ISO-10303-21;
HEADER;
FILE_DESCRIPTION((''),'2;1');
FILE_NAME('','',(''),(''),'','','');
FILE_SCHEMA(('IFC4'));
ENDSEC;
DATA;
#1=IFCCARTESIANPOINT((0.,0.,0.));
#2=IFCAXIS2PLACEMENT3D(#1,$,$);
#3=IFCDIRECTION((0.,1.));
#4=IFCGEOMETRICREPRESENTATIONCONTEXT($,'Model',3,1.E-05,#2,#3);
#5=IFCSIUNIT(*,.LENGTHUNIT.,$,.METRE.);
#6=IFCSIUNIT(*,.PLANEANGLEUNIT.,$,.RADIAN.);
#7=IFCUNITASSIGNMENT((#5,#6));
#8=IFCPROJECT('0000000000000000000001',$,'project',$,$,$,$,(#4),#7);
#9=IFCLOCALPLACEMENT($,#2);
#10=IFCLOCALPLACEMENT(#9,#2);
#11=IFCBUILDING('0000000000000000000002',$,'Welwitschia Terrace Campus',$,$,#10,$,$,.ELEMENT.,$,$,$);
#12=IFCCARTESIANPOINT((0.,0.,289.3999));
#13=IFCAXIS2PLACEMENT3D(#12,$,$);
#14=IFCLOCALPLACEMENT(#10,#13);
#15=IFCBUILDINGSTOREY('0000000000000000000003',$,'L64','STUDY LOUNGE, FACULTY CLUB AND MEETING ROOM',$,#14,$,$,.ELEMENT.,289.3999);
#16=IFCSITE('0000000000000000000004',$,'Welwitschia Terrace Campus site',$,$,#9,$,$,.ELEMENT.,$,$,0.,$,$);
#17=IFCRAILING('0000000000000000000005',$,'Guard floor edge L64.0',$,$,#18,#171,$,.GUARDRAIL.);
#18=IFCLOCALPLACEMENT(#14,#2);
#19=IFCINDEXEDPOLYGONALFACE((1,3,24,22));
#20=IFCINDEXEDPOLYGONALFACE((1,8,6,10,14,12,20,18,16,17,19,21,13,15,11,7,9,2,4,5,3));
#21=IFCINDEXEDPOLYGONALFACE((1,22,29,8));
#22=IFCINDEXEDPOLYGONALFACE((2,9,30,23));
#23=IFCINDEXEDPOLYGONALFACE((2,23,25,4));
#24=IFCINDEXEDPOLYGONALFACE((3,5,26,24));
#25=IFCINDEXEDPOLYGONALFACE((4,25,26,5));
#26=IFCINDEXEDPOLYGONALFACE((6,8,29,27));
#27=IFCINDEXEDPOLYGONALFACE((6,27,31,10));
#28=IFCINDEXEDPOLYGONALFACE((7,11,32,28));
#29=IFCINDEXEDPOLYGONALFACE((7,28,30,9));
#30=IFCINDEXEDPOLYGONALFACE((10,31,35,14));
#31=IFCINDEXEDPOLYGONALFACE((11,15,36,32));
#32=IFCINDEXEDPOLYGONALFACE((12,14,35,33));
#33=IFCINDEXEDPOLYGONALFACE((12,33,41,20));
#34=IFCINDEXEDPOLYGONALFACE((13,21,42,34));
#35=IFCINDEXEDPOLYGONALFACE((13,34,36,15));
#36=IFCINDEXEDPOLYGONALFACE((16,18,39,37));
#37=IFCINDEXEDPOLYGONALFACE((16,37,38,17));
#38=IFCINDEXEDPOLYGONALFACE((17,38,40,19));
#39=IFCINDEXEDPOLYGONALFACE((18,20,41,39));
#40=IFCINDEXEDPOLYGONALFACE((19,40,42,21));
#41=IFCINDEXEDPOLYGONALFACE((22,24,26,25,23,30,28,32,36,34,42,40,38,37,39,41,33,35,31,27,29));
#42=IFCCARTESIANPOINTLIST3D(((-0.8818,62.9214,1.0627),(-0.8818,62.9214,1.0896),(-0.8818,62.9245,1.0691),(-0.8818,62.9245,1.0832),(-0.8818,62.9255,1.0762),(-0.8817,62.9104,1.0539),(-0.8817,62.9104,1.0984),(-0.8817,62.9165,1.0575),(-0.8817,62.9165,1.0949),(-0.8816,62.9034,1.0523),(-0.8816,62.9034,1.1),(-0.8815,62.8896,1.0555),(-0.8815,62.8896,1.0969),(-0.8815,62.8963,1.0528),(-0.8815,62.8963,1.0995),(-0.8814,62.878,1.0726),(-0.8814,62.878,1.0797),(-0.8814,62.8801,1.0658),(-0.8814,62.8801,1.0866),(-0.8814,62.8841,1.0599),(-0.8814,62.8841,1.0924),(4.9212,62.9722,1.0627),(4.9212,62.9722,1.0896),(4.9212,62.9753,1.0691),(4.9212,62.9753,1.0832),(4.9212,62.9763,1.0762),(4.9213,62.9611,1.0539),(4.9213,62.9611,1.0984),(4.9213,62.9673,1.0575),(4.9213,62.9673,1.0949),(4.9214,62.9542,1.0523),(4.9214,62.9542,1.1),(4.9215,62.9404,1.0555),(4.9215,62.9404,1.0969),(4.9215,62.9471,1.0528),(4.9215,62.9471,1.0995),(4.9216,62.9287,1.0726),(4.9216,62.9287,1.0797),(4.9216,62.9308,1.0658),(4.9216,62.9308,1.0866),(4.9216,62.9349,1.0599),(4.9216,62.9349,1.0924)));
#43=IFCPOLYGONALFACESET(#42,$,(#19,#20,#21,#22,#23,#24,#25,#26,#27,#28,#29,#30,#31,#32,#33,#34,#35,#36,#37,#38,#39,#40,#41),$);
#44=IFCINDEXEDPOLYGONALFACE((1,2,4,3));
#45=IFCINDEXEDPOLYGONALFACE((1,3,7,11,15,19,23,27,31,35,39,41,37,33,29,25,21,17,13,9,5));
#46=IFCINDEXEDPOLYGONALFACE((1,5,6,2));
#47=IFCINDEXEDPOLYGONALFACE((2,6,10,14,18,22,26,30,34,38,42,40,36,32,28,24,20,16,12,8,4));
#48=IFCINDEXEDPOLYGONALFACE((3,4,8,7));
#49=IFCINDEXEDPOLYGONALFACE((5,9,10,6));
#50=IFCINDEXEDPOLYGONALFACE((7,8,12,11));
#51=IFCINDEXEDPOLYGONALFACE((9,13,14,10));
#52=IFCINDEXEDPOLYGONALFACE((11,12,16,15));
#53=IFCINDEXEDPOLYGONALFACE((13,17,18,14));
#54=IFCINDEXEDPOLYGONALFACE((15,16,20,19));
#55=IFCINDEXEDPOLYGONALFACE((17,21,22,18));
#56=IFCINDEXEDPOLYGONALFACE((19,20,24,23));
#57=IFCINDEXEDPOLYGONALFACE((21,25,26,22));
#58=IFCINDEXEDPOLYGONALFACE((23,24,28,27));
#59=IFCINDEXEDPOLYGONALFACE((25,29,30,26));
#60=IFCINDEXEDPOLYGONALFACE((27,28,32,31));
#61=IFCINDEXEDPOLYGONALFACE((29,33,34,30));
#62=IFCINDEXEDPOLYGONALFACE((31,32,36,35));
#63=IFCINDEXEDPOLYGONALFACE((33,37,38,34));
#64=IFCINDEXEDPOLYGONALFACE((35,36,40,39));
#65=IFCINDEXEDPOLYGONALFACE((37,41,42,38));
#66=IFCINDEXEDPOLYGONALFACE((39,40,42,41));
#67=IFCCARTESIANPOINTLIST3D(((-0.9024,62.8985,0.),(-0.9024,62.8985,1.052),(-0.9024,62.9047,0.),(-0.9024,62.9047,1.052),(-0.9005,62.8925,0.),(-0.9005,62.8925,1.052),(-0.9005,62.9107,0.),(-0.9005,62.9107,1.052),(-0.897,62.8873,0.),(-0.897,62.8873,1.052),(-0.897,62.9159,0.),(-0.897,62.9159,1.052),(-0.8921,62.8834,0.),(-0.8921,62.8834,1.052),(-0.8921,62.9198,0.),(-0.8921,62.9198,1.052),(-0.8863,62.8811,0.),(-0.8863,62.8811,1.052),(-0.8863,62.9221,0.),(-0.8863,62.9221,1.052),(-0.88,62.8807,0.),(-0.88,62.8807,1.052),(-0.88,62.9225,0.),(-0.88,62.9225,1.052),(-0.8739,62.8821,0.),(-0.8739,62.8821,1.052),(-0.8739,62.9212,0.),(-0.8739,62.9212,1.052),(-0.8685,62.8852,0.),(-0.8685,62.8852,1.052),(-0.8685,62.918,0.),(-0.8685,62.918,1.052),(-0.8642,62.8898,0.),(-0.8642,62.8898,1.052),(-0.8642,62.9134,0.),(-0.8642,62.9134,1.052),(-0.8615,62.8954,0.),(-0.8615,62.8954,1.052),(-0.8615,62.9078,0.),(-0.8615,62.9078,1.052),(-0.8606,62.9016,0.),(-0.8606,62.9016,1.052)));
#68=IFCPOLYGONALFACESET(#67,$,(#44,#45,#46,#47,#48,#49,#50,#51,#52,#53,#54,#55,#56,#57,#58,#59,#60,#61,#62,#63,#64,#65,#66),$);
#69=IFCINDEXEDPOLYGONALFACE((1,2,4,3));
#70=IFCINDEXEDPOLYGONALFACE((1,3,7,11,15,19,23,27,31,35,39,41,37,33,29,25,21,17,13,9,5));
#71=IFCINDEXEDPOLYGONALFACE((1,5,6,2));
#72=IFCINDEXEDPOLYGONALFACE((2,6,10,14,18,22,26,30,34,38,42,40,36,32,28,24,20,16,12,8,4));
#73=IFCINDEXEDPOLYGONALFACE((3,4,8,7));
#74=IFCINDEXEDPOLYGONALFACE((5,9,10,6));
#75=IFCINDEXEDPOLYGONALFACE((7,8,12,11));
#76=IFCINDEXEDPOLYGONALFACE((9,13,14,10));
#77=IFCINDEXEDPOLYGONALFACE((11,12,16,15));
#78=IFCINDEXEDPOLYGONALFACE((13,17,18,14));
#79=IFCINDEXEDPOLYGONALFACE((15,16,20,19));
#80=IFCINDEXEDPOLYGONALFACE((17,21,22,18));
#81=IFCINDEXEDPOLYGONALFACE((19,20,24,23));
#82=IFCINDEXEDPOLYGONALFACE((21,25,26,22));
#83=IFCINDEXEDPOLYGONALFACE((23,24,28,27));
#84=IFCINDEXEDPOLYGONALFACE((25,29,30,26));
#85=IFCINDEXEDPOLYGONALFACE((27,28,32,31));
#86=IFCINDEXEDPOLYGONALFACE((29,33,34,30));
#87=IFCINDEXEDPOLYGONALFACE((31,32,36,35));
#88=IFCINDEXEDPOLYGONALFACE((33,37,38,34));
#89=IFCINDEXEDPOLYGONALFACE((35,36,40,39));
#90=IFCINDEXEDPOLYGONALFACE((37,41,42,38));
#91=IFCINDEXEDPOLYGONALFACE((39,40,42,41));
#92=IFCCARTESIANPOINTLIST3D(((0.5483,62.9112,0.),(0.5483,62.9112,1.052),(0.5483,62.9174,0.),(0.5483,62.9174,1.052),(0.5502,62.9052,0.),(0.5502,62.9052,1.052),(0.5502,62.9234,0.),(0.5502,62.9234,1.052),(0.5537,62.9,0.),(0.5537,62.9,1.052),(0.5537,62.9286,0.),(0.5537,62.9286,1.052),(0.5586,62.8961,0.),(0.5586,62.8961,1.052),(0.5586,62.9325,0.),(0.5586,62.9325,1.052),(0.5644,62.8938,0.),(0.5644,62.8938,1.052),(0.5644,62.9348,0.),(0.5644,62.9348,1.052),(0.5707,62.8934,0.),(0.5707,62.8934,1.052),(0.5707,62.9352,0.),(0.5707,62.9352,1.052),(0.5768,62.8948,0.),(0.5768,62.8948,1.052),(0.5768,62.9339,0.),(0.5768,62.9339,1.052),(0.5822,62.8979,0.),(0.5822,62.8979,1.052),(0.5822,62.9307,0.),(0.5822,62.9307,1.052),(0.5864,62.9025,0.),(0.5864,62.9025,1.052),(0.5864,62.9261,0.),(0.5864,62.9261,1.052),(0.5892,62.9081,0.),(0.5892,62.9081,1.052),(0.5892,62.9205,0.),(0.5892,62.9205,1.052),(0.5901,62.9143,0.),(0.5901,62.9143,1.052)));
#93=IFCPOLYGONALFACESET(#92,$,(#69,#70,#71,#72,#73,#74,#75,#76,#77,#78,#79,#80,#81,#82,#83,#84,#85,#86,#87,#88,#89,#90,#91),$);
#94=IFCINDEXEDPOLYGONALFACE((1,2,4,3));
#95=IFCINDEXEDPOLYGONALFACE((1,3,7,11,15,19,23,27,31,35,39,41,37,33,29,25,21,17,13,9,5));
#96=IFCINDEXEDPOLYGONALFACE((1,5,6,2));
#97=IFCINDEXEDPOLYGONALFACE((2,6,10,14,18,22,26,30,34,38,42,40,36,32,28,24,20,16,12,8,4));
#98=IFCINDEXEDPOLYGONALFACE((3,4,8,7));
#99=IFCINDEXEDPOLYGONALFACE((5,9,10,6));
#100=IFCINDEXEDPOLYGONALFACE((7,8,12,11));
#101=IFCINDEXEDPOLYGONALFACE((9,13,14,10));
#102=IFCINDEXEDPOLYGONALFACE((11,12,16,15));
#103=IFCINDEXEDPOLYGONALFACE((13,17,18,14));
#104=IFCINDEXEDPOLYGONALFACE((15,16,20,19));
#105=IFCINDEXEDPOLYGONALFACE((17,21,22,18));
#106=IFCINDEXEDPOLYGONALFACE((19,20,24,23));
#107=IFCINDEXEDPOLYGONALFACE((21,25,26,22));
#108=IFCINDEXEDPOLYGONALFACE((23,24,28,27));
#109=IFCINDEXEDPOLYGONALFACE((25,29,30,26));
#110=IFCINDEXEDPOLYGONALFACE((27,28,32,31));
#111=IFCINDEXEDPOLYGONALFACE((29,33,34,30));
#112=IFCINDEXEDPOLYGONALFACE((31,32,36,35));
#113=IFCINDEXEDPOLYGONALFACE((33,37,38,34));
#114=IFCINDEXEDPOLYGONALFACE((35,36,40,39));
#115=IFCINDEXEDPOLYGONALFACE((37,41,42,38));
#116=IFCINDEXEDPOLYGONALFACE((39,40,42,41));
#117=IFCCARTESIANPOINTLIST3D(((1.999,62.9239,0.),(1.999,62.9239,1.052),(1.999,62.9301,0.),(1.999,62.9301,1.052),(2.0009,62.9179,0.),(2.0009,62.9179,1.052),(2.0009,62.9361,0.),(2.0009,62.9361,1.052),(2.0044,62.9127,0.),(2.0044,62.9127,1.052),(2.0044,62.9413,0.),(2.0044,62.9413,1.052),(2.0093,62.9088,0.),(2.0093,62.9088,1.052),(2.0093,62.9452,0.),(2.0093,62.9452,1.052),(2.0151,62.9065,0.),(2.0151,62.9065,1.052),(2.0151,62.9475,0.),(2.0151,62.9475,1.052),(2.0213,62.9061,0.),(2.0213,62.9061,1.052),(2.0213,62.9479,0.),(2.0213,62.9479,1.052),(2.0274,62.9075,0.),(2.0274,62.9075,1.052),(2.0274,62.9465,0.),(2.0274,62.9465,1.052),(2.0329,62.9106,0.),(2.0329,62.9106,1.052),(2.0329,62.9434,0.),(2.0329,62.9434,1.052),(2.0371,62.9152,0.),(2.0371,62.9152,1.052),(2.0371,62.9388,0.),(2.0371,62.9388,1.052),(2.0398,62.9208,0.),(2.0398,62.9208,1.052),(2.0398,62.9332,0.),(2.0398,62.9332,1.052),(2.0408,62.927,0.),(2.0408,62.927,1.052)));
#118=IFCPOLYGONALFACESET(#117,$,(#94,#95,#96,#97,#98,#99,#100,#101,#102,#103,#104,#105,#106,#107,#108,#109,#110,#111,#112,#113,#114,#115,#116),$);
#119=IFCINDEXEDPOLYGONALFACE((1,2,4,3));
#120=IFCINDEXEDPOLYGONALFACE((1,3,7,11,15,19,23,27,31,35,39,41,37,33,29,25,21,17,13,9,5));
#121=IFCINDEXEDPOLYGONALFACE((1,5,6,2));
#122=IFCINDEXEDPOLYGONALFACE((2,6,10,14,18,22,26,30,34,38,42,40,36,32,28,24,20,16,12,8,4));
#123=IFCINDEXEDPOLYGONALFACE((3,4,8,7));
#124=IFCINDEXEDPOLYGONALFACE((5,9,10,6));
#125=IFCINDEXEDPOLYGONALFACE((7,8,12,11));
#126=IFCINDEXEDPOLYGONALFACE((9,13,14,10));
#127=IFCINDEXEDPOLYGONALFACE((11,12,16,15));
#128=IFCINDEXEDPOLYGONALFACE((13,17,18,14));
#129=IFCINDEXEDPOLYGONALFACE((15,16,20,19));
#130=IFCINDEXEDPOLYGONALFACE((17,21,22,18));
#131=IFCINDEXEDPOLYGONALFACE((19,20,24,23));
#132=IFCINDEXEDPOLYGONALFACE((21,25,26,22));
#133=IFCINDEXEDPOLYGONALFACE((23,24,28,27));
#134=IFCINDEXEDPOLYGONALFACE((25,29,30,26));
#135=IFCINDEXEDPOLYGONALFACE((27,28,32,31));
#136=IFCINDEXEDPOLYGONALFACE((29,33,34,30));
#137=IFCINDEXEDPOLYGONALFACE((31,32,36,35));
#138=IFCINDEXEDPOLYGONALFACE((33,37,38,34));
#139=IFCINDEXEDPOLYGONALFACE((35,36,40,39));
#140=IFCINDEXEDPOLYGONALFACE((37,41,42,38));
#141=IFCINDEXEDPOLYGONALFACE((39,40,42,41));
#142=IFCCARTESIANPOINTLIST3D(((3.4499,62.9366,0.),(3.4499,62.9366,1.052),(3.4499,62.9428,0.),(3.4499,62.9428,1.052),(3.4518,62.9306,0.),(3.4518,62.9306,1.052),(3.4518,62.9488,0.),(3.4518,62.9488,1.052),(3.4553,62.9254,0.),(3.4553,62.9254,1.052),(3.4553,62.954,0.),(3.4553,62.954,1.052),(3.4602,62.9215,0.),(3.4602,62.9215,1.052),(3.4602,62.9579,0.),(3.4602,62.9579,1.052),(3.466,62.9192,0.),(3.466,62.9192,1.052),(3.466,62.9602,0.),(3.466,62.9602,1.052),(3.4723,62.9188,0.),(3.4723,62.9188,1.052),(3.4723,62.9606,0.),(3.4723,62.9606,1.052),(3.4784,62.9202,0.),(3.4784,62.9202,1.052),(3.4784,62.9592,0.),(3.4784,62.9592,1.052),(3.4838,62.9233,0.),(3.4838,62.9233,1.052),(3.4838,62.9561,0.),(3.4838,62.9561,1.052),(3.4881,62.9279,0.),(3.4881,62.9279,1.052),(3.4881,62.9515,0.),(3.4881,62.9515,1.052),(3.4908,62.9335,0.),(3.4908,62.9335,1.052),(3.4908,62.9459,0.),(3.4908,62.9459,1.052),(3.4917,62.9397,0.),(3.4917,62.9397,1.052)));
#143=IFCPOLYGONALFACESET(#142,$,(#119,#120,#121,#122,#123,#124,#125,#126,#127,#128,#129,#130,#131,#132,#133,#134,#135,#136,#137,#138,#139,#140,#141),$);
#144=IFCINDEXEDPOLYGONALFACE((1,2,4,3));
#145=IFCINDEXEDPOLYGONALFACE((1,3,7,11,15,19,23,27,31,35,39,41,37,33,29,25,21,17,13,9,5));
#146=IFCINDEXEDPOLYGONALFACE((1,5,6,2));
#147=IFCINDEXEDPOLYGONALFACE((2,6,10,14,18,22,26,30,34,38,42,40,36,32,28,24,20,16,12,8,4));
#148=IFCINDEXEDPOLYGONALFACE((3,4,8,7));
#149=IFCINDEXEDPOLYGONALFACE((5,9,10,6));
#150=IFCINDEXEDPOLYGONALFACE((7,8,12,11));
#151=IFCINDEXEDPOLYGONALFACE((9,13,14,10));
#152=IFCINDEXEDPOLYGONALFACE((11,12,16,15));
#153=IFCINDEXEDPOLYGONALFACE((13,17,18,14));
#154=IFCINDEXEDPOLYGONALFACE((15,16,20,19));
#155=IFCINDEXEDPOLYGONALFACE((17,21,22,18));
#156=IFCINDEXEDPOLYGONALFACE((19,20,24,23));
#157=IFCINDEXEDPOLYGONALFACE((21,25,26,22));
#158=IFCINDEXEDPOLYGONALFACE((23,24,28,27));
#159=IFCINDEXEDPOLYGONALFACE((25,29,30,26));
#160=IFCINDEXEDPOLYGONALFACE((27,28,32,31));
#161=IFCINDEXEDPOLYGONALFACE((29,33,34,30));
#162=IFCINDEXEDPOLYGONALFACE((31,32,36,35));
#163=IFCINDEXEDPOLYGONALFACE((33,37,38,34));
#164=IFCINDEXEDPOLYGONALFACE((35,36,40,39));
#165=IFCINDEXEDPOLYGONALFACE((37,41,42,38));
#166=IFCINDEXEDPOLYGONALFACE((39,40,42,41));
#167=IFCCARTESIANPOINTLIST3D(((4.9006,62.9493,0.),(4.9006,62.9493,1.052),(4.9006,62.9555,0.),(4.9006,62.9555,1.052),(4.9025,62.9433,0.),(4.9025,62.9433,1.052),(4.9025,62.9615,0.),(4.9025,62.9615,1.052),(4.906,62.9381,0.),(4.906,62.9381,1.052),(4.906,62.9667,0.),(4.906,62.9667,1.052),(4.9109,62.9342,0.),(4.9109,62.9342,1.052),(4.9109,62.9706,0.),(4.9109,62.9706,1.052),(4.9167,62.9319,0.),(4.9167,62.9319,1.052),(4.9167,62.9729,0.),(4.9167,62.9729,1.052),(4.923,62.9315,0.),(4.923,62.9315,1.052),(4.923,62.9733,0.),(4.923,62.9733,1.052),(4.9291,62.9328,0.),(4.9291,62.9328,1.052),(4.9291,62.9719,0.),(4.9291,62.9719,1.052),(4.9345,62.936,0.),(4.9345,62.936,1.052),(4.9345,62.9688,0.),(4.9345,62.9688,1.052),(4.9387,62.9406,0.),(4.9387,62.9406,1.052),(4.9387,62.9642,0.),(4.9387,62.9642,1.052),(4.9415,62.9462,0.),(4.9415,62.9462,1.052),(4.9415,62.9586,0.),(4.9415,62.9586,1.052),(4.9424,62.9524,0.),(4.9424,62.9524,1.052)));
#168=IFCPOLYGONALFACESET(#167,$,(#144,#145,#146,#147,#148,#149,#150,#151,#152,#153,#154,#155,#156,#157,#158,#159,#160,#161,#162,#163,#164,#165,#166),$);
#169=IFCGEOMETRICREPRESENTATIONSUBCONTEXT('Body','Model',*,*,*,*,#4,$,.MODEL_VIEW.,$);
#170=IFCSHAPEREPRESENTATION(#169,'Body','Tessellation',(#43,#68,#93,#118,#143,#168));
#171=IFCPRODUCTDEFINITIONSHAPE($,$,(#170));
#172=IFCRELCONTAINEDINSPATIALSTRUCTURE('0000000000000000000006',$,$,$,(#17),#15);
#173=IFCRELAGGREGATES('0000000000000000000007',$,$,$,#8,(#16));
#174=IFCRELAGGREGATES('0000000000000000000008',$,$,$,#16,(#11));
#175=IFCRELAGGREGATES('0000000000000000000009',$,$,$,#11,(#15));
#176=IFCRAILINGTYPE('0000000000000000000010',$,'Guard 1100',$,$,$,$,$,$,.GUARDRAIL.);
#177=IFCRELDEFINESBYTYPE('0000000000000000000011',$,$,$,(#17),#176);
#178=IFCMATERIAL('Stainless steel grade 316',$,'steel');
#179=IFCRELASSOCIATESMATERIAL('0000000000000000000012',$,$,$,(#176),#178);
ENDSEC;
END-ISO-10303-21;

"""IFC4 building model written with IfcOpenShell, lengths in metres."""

from ifc_helpers import new_model, si_unit, direction, frame, origin, origin_2d, place, context, subcontext, project, spatial, circle, extrude, material, type_object, element, save


model = new_model("IFC4")

# Units and contexts
model_context = context("Model", 3, precision=1e-05, world=origin(), true_north=direction((0.0, 1.0)))
body_context = subcontext(model_context, "Body", "Model", "MODEL_VIEW")
ifc_project = project(units=[si_unit("LENGTHUNIT", "METRE"), si_unit("PLANEANGLEUNIT", "RADIAN")], contexts=[model_context])

# Site, building, storey
site_placement = place(None, origin())
site = spatial("IfcSite", under=ifc_project, at=site_placement, Name="Welwitschia Terrace Campus site", CompositionType="ELEMENT", RefElevation=0.0)
building_placement = place(site_placement, origin())
building = spatial("IfcBuilding", under=site, at=building_placement, Name="Welwitschia Terrace Campus", CompositionType="ELEMENT")
storey_placement = place(building_placement, frame((0.0, 0.0, 289.3999)))
storey = spatial("IfcBuildingStorey", under=building, at=storey_placement, Name="L64", Description="STUDY LOUNGE, FACULTY CLUB AND MEETING ROOM", CompositionType="ELEMENT", Elevation=289.3999)

# Railing
ifc_material_1 = material(Name="Stainless steel grade 316", Category="steel")
railing_type = type_object("IfcRailingType", Name="Guard 1100", PredefinedType="GUARDRAIL", material=ifc_material_1)
railing_1_placement = place(storey_placement, frame((-0.8816, 62.9016, 0.0)))
element("IfcRailing", 1, at=railing_1_placement, inside=storey, type_object=railing_type, Name="Guard floor edge L64.0", PredefinedType="GUARDRAIL", context=body_context, shape_type="SweptSolid", body=[
    extrude(circle(Radius=0.0239, at=origin_2d()), frame((0.0, 0.0, 1.0762), z_axis=(0.999962, 0.008751, 0.0), x_axis=(-0.008751, 0.999962, 0.0)), (0.0, 0.0, 1.0), 5.8032),
    extrude(circle(Radius=0.021, at=origin_2d()), origin(), (0.0, 0.0, 1.0), 1.052),
    extrude(circle(Radius=0.021, at=origin_2d()), frame((1.4507, 0.0127, 0.0)), (0.0, 0.0, 1.0), 1.052),
    extrude(circle(Radius=0.021, at=origin_2d()), frame((2.9014, 0.0254, 0.0)), (0.0, 0.0, 1.0), 1.052),
    extrude(circle(Radius=0.021, at=origin_2d()), frame((4.3523, 0.0381, 0.0)), (0.0, 0.0, 1.0), 1.052),
    extrude(circle(Radius=0.021, at=origin_2d()), frame((5.803, 0.0508, 0.0)), (0.0, 0.0, 1.0), 1.052),
])

save(model, "model.ifc")
